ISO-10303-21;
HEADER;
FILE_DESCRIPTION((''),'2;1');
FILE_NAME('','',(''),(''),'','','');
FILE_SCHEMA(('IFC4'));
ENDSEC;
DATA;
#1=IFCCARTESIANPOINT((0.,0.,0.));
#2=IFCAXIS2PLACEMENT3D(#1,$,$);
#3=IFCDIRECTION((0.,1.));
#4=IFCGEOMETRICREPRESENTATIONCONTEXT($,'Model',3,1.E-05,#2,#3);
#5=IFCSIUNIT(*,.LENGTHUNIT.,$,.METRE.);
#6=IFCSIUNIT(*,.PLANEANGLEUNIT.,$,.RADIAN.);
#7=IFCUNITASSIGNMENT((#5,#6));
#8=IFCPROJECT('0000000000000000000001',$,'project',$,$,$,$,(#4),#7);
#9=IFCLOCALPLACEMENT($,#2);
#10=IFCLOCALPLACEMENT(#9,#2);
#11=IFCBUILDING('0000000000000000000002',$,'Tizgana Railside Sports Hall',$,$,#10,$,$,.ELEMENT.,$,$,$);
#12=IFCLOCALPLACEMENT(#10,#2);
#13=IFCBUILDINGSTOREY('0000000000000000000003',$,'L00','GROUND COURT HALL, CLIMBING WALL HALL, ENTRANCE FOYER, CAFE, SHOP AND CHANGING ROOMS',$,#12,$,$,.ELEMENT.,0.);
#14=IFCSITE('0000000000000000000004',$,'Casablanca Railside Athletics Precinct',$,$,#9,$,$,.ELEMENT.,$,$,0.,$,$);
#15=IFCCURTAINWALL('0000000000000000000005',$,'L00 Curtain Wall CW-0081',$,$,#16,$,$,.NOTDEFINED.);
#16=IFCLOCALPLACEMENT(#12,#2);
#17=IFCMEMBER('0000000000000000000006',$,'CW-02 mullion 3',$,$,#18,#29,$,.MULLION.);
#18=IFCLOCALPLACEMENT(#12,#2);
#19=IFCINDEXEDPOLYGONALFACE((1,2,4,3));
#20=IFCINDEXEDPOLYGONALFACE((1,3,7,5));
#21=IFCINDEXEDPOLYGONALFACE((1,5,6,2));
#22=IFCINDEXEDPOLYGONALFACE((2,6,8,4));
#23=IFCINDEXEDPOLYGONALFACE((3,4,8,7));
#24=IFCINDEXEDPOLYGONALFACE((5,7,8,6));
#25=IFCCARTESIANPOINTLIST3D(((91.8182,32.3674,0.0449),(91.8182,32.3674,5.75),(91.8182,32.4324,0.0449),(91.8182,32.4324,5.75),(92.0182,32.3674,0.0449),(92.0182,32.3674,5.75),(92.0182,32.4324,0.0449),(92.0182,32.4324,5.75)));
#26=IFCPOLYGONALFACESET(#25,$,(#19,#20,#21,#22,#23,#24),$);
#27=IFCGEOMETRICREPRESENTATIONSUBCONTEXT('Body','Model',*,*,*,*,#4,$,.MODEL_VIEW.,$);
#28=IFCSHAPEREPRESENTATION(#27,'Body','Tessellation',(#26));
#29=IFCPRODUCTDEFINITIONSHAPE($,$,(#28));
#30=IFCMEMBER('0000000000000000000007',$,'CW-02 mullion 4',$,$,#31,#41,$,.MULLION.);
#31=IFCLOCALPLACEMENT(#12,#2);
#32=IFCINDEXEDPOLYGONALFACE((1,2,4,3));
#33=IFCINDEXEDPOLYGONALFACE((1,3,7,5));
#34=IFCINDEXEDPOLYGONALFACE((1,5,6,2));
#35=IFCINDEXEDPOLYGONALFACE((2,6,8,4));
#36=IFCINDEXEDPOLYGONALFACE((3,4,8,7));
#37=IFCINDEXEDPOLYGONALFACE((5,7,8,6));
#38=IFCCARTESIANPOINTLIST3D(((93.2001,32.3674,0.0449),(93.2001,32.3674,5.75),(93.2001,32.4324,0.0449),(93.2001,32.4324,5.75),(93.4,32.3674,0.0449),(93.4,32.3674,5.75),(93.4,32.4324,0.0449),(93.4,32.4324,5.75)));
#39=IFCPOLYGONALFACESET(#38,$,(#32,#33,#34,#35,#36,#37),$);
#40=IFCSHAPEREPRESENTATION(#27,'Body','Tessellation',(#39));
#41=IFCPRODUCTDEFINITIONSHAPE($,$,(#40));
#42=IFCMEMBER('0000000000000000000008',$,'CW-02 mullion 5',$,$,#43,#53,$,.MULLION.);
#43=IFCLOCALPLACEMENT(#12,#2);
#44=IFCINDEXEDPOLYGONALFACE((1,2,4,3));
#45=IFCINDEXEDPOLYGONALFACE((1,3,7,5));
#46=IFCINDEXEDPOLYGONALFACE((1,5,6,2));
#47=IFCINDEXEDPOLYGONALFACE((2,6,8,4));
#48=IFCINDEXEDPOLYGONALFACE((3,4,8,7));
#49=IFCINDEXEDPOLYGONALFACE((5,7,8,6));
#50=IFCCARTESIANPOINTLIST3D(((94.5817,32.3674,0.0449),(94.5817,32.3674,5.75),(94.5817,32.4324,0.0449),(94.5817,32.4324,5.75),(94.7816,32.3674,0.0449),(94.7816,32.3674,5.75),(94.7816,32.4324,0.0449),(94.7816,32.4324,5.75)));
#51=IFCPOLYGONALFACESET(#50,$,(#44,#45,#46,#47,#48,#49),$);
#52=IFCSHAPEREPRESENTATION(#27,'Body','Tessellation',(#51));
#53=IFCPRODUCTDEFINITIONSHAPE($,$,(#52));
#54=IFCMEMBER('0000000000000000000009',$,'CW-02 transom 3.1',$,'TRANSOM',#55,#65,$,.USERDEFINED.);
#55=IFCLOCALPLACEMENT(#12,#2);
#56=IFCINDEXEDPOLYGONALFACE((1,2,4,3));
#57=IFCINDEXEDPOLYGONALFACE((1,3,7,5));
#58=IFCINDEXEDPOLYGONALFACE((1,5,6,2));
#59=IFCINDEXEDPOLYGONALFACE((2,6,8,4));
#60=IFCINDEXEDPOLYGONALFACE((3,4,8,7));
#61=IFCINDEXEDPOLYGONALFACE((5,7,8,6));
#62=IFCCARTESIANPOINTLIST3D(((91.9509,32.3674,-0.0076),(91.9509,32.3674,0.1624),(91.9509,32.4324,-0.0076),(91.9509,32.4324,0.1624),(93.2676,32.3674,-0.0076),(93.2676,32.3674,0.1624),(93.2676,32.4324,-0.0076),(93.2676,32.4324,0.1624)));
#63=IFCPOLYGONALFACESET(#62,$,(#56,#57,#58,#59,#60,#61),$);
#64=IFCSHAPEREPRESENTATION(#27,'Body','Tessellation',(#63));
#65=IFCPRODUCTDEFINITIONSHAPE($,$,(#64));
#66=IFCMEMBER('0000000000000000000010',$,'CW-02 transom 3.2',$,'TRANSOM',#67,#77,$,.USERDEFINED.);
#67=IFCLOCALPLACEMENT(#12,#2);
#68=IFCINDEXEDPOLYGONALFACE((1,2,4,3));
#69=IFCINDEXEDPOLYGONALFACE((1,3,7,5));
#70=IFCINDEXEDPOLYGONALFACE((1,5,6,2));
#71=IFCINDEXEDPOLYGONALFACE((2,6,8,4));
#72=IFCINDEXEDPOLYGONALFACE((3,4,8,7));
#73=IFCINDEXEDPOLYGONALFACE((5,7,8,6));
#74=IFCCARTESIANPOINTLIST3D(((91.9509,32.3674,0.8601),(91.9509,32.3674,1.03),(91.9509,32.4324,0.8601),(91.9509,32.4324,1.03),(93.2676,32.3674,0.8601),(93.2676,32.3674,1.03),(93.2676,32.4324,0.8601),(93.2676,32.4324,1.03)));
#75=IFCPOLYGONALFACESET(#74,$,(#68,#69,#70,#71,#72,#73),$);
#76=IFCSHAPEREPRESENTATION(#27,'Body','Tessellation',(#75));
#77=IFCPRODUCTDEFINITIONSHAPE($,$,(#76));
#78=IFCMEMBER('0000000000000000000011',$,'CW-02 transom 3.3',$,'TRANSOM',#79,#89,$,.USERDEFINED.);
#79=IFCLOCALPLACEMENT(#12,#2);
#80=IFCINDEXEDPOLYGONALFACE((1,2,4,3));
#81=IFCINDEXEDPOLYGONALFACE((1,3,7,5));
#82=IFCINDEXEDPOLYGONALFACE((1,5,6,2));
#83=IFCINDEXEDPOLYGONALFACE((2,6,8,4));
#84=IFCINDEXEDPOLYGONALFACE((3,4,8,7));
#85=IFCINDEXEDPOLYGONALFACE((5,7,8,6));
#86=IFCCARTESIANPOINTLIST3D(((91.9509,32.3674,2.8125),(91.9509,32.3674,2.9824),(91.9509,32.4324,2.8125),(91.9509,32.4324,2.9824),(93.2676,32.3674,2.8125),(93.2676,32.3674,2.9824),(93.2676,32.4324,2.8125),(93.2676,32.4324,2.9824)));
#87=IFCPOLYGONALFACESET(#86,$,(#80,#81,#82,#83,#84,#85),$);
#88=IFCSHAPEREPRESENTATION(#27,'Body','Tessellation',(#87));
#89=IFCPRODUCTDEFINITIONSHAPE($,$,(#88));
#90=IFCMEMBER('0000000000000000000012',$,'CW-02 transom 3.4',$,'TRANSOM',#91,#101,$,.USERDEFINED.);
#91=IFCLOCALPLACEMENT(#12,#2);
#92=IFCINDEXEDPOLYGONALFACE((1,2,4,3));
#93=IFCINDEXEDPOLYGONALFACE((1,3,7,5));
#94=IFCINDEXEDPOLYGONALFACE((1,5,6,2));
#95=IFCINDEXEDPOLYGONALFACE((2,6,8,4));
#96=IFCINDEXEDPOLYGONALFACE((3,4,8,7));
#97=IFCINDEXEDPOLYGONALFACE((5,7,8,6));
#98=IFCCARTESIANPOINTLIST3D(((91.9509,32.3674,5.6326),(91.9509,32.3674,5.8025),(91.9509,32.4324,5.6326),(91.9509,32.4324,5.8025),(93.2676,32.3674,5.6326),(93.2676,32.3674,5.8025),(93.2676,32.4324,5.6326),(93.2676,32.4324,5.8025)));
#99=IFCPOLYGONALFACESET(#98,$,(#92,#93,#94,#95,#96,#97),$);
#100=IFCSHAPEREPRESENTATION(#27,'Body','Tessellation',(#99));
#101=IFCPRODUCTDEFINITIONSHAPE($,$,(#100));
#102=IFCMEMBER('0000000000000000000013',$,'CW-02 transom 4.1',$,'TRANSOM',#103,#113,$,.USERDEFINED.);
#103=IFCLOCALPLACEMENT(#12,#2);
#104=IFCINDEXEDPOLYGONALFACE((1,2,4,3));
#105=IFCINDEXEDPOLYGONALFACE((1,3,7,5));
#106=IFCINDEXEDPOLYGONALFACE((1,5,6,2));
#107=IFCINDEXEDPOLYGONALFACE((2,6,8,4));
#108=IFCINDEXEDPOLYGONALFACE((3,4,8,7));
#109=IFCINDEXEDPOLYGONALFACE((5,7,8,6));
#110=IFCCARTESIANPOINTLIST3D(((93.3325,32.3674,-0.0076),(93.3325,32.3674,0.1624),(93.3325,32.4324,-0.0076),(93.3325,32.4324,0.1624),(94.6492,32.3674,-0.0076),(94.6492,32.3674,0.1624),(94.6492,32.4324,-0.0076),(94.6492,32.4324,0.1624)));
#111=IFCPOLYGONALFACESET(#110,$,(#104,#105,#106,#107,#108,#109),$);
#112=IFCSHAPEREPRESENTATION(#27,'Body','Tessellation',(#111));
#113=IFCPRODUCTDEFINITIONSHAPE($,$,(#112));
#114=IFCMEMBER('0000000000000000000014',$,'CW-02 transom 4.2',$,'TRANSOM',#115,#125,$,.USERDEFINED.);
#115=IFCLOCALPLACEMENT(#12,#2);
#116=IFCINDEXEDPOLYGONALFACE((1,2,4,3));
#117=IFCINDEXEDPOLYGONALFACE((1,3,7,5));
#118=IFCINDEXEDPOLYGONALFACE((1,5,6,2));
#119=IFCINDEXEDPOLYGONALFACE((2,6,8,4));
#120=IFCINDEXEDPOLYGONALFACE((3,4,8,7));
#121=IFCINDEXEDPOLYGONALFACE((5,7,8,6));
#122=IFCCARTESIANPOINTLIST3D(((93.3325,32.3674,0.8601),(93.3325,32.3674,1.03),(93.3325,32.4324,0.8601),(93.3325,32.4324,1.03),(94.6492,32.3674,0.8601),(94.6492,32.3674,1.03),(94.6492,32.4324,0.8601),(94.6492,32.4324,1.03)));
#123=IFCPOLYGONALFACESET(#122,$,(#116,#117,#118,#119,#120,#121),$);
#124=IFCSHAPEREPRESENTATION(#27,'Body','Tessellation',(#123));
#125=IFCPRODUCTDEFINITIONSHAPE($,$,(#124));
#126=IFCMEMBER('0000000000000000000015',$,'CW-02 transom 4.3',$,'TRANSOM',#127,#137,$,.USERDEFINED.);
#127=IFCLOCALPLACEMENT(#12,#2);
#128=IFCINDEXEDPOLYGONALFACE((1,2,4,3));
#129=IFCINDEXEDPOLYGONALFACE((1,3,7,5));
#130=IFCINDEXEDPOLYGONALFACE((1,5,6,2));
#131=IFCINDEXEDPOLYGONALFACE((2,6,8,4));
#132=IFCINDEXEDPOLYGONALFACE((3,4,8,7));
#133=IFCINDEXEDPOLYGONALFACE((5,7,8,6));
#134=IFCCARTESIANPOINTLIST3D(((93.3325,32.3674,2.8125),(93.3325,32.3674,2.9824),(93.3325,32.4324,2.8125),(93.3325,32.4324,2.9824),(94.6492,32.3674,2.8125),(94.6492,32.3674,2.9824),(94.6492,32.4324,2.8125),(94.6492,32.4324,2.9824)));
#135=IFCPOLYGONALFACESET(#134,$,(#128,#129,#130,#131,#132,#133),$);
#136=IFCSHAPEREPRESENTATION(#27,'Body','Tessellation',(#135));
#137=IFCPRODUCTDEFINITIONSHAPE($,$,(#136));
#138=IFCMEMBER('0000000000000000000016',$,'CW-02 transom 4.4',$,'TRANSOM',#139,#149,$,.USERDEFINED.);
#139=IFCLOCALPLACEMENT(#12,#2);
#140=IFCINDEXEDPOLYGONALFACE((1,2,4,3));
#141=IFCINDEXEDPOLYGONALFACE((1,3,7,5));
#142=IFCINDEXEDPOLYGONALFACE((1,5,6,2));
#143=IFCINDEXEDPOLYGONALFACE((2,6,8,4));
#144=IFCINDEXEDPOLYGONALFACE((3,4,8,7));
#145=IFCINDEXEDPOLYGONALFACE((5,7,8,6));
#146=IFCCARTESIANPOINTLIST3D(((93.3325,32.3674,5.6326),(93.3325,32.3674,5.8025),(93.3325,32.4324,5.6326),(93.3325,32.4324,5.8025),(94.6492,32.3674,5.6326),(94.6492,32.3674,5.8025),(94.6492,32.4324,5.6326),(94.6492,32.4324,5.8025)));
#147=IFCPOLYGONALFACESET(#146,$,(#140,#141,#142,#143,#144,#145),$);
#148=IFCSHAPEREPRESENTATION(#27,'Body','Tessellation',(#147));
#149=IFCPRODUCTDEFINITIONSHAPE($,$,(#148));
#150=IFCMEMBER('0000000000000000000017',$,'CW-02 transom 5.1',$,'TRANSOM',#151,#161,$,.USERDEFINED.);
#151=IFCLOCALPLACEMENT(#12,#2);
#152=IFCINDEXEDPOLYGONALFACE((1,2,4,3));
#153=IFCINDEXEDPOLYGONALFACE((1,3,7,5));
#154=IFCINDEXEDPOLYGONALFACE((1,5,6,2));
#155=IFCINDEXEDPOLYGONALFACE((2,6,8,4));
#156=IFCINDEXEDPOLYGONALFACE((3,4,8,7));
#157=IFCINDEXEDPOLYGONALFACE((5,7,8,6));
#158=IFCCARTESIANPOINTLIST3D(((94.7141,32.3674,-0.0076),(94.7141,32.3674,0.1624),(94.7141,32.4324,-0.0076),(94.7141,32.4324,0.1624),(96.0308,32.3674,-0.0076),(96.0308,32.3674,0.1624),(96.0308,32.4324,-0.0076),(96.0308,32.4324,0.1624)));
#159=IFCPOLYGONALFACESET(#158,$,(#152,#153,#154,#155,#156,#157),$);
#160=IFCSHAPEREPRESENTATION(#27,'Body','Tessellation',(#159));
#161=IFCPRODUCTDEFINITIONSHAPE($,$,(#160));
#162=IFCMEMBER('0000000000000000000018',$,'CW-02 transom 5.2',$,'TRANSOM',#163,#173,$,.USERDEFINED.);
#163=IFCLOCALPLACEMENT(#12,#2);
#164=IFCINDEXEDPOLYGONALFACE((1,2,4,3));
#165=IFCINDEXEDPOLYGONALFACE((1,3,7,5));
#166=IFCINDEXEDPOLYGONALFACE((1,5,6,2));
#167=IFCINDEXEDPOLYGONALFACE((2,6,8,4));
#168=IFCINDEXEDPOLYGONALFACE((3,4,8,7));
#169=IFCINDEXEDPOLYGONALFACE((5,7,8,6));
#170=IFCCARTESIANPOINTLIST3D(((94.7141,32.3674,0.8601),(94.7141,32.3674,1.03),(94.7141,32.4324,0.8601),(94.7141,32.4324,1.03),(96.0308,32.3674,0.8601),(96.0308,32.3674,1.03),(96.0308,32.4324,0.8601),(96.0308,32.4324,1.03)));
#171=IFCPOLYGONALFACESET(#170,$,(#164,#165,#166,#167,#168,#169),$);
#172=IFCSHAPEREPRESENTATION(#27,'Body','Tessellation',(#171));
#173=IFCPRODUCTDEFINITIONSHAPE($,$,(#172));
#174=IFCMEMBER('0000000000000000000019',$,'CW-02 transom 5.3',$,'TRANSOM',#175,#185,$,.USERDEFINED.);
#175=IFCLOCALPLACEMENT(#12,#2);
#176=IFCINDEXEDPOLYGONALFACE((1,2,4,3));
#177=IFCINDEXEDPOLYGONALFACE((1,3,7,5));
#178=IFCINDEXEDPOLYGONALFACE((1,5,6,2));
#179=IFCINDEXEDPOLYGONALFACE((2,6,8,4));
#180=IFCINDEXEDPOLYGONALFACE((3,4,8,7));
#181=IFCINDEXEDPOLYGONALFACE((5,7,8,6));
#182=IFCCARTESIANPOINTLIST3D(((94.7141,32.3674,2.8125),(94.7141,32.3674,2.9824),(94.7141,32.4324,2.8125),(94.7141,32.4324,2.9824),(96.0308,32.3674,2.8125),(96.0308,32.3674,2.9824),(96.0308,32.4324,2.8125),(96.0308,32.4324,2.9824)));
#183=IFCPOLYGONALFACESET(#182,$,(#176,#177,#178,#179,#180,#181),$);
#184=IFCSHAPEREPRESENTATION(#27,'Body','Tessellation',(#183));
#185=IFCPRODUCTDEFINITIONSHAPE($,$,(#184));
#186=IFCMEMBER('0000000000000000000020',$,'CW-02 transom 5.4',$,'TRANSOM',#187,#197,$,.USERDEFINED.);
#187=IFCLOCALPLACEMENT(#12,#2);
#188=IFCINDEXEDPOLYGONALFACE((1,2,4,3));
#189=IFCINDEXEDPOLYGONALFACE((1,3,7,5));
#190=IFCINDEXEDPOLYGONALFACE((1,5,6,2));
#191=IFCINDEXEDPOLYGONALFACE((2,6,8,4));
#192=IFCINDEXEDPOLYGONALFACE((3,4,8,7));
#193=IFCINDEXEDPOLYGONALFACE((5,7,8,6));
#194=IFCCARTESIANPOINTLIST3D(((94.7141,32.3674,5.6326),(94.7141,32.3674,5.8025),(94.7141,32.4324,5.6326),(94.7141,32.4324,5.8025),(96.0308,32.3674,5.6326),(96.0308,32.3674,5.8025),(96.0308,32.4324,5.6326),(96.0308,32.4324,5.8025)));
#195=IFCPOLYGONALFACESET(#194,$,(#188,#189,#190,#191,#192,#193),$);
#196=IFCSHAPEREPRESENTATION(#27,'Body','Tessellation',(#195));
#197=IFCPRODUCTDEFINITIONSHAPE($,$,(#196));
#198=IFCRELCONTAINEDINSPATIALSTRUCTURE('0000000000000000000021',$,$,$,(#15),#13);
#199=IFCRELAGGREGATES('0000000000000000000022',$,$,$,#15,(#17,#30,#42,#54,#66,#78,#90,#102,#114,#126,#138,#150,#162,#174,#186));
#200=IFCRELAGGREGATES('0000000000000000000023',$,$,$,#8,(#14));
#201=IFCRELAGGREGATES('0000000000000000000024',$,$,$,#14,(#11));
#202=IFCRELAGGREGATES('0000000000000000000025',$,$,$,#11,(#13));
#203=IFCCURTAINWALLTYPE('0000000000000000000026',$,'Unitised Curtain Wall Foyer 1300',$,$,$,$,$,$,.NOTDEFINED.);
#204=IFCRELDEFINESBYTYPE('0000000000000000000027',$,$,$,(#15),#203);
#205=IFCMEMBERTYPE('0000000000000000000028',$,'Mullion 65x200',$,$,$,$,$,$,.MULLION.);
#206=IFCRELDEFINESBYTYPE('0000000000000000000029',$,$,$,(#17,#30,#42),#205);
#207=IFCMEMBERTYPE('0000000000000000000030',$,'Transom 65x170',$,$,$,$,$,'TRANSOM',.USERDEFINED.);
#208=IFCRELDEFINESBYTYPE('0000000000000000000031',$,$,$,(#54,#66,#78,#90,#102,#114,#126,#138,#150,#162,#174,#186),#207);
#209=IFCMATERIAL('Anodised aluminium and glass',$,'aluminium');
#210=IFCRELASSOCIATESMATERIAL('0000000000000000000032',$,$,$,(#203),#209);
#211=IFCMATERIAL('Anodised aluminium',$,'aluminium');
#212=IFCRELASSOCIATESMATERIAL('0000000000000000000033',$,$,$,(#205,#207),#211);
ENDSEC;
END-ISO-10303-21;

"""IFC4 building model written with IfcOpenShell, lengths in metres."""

from ifc_helpers import new_model, si_unit, direction, frame, origin, origin_2d, place, context, subcontext, project, spatial, rectangle, extrude, material, material_profile, profile_set, type_object, element, aggregate, save


model = new_model("IFC4")

# Units and contexts
model_context = context("Model", 3, precision=1e-05, world=origin(), true_north=direction((0.0, 1.0)))
body_context = subcontext(model_context, "Body", "Model", "MODEL_VIEW")
ifc_project = project(units=[si_unit("LENGTHUNIT", "METRE"), si_unit("PLANEANGLEUNIT", "RADIAN")], contexts=[model_context])

# Site, building, storey
site_placement = place(None, origin())
site = spatial("IfcSite", under=ifc_project, at=site_placement, Name="Casablanca Railside Athletics Precinct", CompositionType="ELEMENT", RefElevation=0.0)
building_placement = place(site_placement, origin())
building = spatial("IfcBuilding", under=site, at=building_placement, Name="Tizgana Railside Sports Hall", CompositionType="ELEMENT")
storey_placement = place(building_placement, origin())
storey = spatial("IfcBuildingStorey", under=building, at=storey_placement, Name="L00", Description="GROUND COURT HALL, CLIMBING WALL HALL, ENTRANCE FOYER, CAFE, SHOP AND CHANGING ROOMS", CompositionType="ELEMENT", Elevation=0.0)

# Curtain wall, members
ifc_material_1 = material(Name="Anodised aluminium and glass", Category="aluminium")
curtain_wall_type = type_object("IfcCurtainWallType", Name="Unitised Curtain Wall Foyer 1300", PredefinedType="NOTDEFINED", material=ifc_material_1)
curtain_wall_placement = place(storey_placement, origin())
curtain_wall = element("IfcCurtainWall", 1, at=curtain_wall_placement, inside=storey, type_object=curtain_wall_type, Name="L00 Curtain Wall CW-0081", PredefinedType="NOTDEFINED")
ifc_material_2 = material(Name="Anodised aluminium", Category="aluminium")
ifc_material_profile_1 = material_profile(ifc_material_2, rectangle(XDim=0.0649, YDim=0.2, at=origin_2d()), Name="Mullion 65x200")
ifc_profile_set_1 = profile_set([ifc_material_profile_1], Name="Anodised aluminium")
member_type_1 = type_object("IfcMemberType", Name="Mullion 65x200", PredefinedType="MULLION", material=ifc_profile_set_1)
member_1_placement = place(storey_placement, frame((91.9182, 32.3999, 0.0449), z_axis=(0.0, 0.0, 1.0), x_axis=(0.0, 1.0, 0.0)))
member_1 = element("IfcMember", 2, at=member_1_placement, type_object=member_type_1, Name="CW-02 mullion 3", PredefinedType="MULLION", context=body_context, shape_type="SweptSolid", body=[
    extrude(rectangle(XDim=0.0649, YDim=0.2, at=origin_2d()), origin(), (0.0, 0.0, 1.0), 5.7051),
])
member_2_placement = place(storey_placement, frame((93.3, 32.3999, 0.0449), z_axis=(0.0, 0.0, 1.0), x_axis=(0.0, 1.0, 0.0)))
member_2 = element("IfcMember", 3, at=member_2_placement, type_object=member_type_1, Name="CW-02 mullion 4", PredefinedType="MULLION", context=body_context, shape_type="SweptSolid", body=[
    extrude(rectangle(XDim=0.0649, YDim=0.2, at=origin_2d()), origin(), (0.0, 0.0, 1.0), 5.7051),
])
member_3_placement = place(storey_placement, frame((94.6816, 32.3999, 0.0449), z_axis=(0.0, 0.0, 1.0), x_axis=(0.0, 1.0, 0.0)))
member_3 = element("IfcMember", 4, at=member_3_placement, type_object=member_type_1, Name="CW-02 mullion 5", PredefinedType="MULLION", context=body_context, shape_type="SweptSolid", body=[
    extrude(rectangle(XDim=0.0649, YDim=0.2, at=origin_2d()), origin(), (0.0, 0.0, 1.0), 5.7051),
])
ifc_material_profile_2 = material_profile(ifc_material_2, rectangle(XDim=0.0649, YDim=0.1699, at=origin_2d()), Name="Transom 65x170")
ifc_profile_set_2 = profile_set([ifc_material_profile_2], Name="Anodised aluminium")
member_type_2 = type_object("IfcMemberType", Name="Transom 65x170", ElementType="TRANSOM", PredefinedType="USERDEFINED", material=ifc_profile_set_2)
member_4_placement = place(storey_placement, frame((91.9509, 32.3999, 0.0774), z_axis=(1.0, 0.0, 0.0), x_axis=(0.0, 1.0, 0.0)))
member_4 = element("IfcMember", 5, at=member_4_placement, type_object=member_type_2, Name="CW-02 transom 3.1", ObjectType="TRANSOM", PredefinedType="USERDEFINED", context=body_context, shape_type="SweptSolid", body=[
    extrude(rectangle(XDim=0.0649, YDim=0.1699, at=origin_2d()), origin(), (0.0, 0.0, 1.0), 1.3167),
])
member_5_placement = place(storey_placement, frame((91.9509, 32.3999, 0.9451), z_axis=(1.0, 0.0, 0.0), x_axis=(0.0, 1.0, 0.0)))
member_5 = element("IfcMember", 6, at=member_5_placement, type_object=member_type_2, Name="CW-02 transom 3.2", ObjectType="TRANSOM", PredefinedType="USERDEFINED", context=body_context, shape_type="SweptSolid", body=[
    extrude(rectangle(XDim=0.0649, YDim=0.1699, at=origin_2d()), origin(), (0.0, 0.0, 1.0), 1.3167),
])
member_6_placement = place(storey_placement, frame((91.9509, 32.3999, 2.8975), z_axis=(1.0, 0.0, 0.0), x_axis=(0.0, 1.0, 0.0)))
member_6 = element("IfcMember", 7, at=member_6_placement, type_object=member_type_2, Name="CW-02 transom 3.3", ObjectType="TRANSOM", PredefinedType="USERDEFINED", context=body_context, shape_type="SweptSolid", body=[
    extrude(rectangle(XDim=0.0649, YDim=0.1699, at=origin_2d()), origin(), (0.0, 0.0, 1.0), 1.3167),
])
member_7_placement = place(storey_placement, frame((91.9509, 32.3999, 5.7175), z_axis=(1.0, 0.0, 0.0), x_axis=(0.0, 1.0, 0.0)))
member_7 = element("IfcMember", 8, at=member_7_placement, type_object=member_type_2, Name="CW-02 transom 3.4", ObjectType="TRANSOM", PredefinedType="USERDEFINED", context=body_context, shape_type="SweptSolid", body=[
    extrude(rectangle(XDim=0.0649, YDim=0.1699, at=origin_2d()), origin(), (0.0, 0.0, 1.0), 1.3167),
])
member_8_placement = place(storey_placement, frame((93.3325, 32.3999, 0.0774), z_axis=(1.0, 0.0, 0.0), x_axis=(0.0, 1.0, 0.0)))
member_8 = element("IfcMember", 9, at=member_8_placement, type_object=member_type_2, Name="CW-02 transom 4.1", ObjectType="TRANSOM", PredefinedType="USERDEFINED", context=body_context, shape_type="SweptSolid", body=[
    extrude(rectangle(XDim=0.0649, YDim=0.1699, at=origin_2d()), origin(), (0.0, 0.0, 1.0), 1.3167),
])
member_9_placement = place(storey_placement, frame((93.3325, 32.3999, 0.9451), z_axis=(1.0, 0.0, 0.0), x_axis=(0.0, 1.0, 0.0)))
member_9 = element("IfcMember", 10, at=member_9_placement, type_object=member_type_2, Name="CW-02 transom 4.2", ObjectType="TRANSOM", PredefinedType="USERDEFINED", context=body_context, shape_type="SweptSolid", body=[
    extrude(rectangle(XDim=0.0649, YDim=0.1699, at=origin_2d()), origin(), (0.0, 0.0, 1.0), 1.3167),
])
member_10_placement = place(storey_placement, frame((93.3325, 32.3999, 2.8975), z_axis=(1.0, 0.0, 0.0), x_axis=(0.0, 1.0, 0.0)))
member_10 = element("IfcMember", 11, at=member_10_placement, type_object=member_type_2, Name="CW-02 transom 4.3", ObjectType="TRANSOM", PredefinedType="USERDEFINED", context=body_context, shape_type="SweptSolid", body=[
    extrude(rectangle(XDim=0.0649, YDim=0.1699, at=origin_2d()), origin(), (0.0, 0.0, 1.0), 1.3167),
])
member_11_placement = place(storey_placement, frame((93.3325, 32.3999, 5.7175), z_axis=(1.0, 0.0, 0.0), x_axis=(0.0, 1.0, 0.0)))
member_11 = element("IfcMember", 12, at=member_11_placement, type_object=member_type_2, Name="CW-02 transom 4.4", ObjectType="TRANSOM", PredefinedType="USERDEFINED", context=body_context, shape_type="SweptSolid", body=[
    extrude(rectangle(XDim=0.0649, YDim=0.1699, at=origin_2d()), origin(), (0.0, 0.0, 1.0), 1.3167),
])
member_12_placement = place(storey_placement, frame((94.7141, 32.3999, 0.0774), z_axis=(1.0, 0.0, 0.0), x_axis=(0.0, 1.0, 0.0)))
member_12 = element("IfcMember", 13, at=member_12_placement, type_object=member_type_2, Name="CW-02 transom 5.1", ObjectType="TRANSOM", PredefinedType="USERDEFINED", context=body_context, shape_type="SweptSolid", body=[
    extrude(rectangle(XDim=0.0649, YDim=0.1699, at=origin_2d()), origin(), (0.0, 0.0, 1.0), 1.3167),
])
member_13_placement = place(storey_placement, frame((94.7141, 32.3999, 0.9451), z_axis=(1.0, 0.0, 0.0), x_axis=(0.0, 1.0, 0.0)))
member_13 = element("IfcMember", 14, at=member_13_placement, type_object=member_type_2, Name="CW-02 transom 5.2", ObjectType="TRANSOM", PredefinedType="USERDEFINED", context=body_context, shape_type="SweptSolid", body=[
    extrude(rectangle(XDim=0.0649, YDim=0.1699, at=origin_2d()), origin(), (0.0, 0.0, 1.0), 1.3167),
])
member_14_placement = place(storey_placement, frame((94.7141, 32.3999, 2.8975), z_axis=(1.0, 0.0, 0.0), x_axis=(0.0, 1.0, 0.0)))
member_14 = element("IfcMember", 15, at=member_14_placement, type_object=member_type_2, Name="CW-02 transom 5.3", ObjectType="TRANSOM", PredefinedType="USERDEFINED", context=body_context, shape_type="SweptSolid", body=[
    extrude(rectangle(XDim=0.0649, YDim=0.1699, at=origin_2d()), origin(), (0.0, 0.0, 1.0), 1.3167),
])
member_15_placement = place(storey_placement, frame((94.7141, 32.3999, 5.7175), z_axis=(1.0, 0.0, 0.0), x_axis=(0.0, 1.0, 0.0)))
member_15 = element("IfcMember", 16, at=member_15_placement, type_object=member_type_2, Name="CW-02 transom 5.4", ObjectType="TRANSOM", PredefinedType="USERDEFINED", context=body_context, shape_type="SweptSolid", body=[
    extrude(rectangle(XDim=0.0649, YDim=0.1699, at=origin_2d()), origin(), (0.0, 0.0, 1.0), 1.3167),
])
aggregate(curtain_wall, [member_1, member_2, member_3, member_4, member_5, member_6, member_7, member_8, member_9, member_10, member_11, member_12, member_13, member_14, member_15])

save(model, "model.ifc")
